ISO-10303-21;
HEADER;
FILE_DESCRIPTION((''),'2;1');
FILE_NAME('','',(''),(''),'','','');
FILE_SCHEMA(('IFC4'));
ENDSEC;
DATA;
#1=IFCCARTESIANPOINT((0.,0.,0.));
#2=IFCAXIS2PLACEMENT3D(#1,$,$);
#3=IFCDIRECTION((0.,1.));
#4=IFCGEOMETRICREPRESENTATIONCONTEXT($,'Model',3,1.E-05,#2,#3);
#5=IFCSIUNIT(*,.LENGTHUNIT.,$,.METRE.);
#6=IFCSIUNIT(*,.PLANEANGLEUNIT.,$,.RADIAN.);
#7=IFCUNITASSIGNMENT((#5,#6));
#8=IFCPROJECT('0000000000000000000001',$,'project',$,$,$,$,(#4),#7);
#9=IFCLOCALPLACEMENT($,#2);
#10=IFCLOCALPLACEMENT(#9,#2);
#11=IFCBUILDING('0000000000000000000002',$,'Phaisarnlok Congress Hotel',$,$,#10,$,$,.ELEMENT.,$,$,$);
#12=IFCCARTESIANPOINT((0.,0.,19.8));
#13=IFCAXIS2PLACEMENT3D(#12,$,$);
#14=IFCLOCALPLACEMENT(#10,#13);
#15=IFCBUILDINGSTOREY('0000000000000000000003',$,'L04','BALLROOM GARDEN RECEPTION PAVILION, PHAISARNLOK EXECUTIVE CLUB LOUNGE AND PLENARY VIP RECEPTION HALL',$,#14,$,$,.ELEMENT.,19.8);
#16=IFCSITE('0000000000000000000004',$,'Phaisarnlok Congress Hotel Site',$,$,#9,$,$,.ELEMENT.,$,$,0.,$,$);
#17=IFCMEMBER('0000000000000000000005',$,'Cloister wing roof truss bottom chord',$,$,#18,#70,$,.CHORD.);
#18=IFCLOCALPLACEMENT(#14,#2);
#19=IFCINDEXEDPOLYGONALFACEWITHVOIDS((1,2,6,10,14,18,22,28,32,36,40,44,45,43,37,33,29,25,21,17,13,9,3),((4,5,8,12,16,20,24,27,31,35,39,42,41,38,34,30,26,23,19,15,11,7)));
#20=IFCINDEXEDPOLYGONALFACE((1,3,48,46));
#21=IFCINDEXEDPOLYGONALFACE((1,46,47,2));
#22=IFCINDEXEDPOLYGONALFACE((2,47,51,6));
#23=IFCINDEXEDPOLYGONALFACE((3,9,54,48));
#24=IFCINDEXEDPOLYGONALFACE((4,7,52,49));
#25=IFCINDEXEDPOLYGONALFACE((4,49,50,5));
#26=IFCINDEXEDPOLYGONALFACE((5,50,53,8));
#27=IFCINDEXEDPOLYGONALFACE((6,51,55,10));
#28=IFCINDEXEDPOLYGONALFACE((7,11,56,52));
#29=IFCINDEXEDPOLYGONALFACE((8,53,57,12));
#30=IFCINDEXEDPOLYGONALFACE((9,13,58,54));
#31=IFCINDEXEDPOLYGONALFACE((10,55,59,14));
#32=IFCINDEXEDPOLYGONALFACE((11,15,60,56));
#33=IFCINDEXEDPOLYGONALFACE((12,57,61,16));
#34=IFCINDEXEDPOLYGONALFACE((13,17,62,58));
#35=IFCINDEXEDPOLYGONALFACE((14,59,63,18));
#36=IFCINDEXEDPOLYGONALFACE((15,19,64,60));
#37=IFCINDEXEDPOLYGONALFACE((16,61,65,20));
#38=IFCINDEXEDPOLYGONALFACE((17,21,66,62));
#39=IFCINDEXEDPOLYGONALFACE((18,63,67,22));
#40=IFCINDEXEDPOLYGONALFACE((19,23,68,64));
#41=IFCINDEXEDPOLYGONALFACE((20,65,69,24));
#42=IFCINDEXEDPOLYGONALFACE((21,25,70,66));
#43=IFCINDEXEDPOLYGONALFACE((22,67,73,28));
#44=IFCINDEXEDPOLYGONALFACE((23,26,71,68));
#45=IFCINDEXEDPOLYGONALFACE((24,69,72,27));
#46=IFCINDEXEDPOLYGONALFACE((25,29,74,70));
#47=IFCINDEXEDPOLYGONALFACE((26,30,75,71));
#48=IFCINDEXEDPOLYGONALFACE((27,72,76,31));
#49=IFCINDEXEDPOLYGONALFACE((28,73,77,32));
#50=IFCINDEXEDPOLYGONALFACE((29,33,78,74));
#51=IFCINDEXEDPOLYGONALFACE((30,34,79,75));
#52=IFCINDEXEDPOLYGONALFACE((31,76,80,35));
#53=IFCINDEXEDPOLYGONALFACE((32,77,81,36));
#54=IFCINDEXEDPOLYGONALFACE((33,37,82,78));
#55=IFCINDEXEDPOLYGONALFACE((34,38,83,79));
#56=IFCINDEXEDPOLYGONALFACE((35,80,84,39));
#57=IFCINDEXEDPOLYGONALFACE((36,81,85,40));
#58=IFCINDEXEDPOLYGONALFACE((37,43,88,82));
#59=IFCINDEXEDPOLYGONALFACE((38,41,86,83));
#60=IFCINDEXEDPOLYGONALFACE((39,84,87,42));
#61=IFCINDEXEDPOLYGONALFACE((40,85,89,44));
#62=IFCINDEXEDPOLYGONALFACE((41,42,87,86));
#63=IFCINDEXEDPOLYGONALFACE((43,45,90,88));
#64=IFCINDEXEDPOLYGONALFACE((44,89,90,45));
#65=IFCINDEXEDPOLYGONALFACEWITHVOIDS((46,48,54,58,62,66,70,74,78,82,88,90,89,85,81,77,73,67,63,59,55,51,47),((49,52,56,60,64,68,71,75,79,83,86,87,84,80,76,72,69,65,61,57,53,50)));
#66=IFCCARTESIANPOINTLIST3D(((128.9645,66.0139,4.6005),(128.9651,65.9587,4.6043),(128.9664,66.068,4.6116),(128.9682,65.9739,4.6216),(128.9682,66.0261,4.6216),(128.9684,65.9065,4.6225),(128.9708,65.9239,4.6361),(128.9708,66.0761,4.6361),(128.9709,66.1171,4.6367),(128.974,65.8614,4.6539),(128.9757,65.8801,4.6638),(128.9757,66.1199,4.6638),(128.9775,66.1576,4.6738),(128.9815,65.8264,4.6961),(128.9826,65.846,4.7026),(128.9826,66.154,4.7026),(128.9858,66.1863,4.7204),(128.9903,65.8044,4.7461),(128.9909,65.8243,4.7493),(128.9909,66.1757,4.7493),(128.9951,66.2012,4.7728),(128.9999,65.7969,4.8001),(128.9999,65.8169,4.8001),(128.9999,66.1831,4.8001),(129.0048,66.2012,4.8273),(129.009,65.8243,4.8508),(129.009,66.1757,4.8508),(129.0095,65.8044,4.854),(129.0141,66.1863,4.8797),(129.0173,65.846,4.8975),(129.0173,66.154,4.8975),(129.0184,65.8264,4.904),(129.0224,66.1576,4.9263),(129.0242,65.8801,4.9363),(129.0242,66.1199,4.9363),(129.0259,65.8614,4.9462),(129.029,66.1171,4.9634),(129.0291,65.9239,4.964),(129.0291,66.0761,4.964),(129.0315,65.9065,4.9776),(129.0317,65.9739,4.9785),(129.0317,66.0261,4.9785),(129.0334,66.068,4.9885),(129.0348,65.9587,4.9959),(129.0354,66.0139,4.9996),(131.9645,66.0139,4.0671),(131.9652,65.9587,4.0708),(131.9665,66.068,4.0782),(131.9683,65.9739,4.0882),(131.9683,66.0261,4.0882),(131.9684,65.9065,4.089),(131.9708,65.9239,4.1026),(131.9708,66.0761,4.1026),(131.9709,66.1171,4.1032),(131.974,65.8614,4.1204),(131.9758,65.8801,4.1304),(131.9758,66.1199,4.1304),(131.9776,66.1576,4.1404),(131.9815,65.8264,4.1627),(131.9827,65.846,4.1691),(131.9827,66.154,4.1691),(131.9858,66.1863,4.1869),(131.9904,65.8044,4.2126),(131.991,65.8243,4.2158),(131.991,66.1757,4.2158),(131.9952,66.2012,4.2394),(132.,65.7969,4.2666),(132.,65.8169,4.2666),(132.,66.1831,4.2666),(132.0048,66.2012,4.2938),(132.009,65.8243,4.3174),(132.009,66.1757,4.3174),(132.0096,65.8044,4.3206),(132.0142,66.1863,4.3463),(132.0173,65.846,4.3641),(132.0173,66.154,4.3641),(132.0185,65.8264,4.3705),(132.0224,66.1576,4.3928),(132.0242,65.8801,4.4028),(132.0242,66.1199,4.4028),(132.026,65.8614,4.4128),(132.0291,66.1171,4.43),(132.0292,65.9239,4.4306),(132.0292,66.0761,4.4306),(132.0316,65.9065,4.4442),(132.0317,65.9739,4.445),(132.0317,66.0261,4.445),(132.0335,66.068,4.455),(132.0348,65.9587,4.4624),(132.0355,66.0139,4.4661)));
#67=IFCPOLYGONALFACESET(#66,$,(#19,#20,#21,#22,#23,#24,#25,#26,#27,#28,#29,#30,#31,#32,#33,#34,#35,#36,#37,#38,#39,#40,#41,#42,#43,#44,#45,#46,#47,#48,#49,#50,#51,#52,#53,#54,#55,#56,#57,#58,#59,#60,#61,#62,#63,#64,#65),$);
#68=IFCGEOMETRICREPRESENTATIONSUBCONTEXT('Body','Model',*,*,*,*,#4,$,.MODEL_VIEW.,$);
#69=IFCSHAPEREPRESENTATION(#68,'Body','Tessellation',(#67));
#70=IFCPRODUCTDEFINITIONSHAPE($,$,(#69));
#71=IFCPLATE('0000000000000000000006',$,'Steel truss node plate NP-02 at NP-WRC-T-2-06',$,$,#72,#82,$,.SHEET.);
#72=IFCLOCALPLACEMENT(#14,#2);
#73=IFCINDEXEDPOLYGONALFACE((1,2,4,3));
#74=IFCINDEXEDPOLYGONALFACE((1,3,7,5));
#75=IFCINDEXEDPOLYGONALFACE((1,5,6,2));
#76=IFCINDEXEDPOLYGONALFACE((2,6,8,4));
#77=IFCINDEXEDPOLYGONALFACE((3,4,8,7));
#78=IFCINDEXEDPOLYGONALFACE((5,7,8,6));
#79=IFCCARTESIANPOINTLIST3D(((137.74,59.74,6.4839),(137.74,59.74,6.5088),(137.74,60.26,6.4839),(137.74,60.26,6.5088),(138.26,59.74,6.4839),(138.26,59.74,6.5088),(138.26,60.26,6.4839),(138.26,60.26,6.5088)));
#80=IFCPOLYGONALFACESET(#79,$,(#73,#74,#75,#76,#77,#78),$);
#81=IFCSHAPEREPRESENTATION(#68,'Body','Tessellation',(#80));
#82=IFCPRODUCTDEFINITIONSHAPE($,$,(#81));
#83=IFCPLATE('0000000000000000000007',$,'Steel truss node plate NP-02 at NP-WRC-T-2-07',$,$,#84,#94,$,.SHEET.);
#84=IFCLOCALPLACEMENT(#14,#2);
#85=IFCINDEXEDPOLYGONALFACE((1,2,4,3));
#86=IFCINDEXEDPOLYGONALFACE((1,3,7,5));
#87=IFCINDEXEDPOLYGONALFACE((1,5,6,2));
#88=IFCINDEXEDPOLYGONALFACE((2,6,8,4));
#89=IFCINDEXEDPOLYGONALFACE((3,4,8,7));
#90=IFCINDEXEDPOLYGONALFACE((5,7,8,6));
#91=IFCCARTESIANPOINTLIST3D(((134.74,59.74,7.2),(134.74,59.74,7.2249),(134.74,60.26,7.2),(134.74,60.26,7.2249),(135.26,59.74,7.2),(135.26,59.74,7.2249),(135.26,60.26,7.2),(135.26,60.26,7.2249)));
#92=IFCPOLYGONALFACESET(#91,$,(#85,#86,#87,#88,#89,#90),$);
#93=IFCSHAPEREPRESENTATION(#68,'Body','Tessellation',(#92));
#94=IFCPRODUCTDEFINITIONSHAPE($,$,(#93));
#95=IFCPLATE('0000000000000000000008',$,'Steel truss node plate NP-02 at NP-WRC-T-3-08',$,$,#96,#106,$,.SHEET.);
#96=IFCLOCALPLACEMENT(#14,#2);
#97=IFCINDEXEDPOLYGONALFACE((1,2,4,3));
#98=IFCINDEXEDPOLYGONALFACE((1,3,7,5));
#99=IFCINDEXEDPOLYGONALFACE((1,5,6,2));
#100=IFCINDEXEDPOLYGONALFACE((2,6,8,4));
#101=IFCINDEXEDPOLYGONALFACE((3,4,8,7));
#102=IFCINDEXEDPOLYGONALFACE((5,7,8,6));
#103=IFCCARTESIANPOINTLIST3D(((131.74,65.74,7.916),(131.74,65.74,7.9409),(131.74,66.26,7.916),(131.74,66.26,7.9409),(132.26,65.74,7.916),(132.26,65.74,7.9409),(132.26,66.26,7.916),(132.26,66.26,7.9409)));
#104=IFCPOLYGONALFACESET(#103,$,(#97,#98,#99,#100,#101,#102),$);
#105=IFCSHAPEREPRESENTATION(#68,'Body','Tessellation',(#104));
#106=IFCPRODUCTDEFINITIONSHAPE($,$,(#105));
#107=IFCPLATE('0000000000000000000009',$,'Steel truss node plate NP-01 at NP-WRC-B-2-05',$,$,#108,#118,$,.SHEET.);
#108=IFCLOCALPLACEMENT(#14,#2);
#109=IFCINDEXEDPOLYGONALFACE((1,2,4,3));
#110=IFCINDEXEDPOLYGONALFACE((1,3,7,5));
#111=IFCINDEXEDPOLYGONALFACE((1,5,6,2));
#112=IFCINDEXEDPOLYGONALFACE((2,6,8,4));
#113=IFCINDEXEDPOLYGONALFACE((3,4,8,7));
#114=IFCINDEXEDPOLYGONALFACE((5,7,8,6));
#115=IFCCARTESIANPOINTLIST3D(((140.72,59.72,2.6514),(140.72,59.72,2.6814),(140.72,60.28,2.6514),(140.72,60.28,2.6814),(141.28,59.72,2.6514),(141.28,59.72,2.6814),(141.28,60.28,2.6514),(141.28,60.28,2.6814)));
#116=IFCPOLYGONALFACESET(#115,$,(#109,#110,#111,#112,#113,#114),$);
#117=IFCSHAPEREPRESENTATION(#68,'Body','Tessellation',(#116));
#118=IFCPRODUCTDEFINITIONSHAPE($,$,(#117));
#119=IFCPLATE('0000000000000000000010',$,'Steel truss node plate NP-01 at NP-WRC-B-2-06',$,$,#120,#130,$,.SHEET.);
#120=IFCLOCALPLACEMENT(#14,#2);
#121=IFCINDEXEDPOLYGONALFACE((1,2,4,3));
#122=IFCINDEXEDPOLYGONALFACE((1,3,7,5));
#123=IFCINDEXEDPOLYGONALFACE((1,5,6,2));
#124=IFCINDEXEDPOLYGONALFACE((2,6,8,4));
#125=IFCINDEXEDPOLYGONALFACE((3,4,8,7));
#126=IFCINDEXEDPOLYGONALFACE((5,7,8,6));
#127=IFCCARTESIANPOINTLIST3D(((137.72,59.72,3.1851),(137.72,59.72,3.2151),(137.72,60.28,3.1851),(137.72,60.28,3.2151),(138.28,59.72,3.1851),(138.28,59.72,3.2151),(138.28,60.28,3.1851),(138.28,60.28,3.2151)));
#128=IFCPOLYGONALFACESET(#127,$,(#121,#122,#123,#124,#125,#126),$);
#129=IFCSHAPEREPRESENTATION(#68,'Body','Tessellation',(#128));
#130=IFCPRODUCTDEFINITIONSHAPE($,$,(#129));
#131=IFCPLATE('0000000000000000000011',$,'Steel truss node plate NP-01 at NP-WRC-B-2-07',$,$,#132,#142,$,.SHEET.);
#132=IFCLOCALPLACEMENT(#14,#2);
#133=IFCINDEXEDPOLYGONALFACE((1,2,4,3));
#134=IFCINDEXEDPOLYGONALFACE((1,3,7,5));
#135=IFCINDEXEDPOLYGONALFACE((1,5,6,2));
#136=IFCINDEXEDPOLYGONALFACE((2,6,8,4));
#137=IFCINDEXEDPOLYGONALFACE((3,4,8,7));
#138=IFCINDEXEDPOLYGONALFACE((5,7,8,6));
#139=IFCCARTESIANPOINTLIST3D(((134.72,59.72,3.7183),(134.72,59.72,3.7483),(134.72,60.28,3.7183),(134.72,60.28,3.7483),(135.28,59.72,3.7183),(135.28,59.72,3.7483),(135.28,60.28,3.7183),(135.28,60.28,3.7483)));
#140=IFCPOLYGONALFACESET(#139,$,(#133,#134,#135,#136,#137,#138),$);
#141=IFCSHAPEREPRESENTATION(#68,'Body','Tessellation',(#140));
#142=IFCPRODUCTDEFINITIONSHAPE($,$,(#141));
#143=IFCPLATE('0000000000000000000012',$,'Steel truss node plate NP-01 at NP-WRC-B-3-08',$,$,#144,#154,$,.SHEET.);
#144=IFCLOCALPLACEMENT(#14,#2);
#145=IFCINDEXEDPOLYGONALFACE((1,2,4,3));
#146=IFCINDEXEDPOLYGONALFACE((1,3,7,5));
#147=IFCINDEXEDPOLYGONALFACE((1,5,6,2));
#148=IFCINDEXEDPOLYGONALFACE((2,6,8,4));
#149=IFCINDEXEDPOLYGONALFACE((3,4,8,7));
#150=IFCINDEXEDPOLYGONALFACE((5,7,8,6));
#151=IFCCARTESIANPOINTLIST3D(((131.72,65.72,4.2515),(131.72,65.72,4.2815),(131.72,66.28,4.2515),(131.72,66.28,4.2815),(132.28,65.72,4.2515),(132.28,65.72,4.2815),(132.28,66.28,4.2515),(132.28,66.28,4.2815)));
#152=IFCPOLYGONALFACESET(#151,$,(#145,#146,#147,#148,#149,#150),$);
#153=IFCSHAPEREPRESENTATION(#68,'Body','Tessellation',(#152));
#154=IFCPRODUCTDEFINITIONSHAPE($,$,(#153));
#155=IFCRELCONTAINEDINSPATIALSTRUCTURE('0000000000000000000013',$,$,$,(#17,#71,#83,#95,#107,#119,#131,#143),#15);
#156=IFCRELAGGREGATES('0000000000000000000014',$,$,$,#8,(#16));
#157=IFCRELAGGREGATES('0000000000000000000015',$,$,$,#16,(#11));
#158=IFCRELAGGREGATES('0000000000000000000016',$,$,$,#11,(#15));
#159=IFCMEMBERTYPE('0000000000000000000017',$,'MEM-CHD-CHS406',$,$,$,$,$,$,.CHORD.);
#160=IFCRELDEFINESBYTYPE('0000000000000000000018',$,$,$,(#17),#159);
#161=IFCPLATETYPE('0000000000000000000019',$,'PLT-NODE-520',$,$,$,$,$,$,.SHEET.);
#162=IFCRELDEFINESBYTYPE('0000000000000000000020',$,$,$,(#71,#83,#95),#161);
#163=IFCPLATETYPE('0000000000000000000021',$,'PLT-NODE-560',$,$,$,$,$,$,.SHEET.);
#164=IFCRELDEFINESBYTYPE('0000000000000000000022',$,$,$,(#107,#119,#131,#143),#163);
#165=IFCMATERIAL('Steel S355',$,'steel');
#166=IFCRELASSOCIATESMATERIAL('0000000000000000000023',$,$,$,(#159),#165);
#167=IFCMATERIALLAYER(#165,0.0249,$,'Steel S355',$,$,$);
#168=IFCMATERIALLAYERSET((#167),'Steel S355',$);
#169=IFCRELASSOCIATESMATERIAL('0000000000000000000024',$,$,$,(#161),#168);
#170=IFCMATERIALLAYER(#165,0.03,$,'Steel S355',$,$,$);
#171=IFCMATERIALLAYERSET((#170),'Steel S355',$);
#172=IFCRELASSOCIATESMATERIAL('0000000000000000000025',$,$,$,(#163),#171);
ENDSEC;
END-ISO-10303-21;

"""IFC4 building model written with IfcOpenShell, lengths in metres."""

from ifc_helpers import new_model, si_unit, direction, frame, origin, origin_2d, place, context, subcontext, project, spatial, rectangle, hollow_circle, extrude, material, layer, layer_set, material_profile, profile_set, type_object, element, save


model = new_model("IFC4")

# Units and contexts
model_context = context("Model", 3, precision=1e-05, world=origin(), true_north=direction((0.0, 1.0)))
body_context = subcontext(model_context, "Body", "Model", "MODEL_VIEW")
ifc_project = project(units=[si_unit("LENGTHUNIT", "METRE"), si_unit("PLANEANGLEUNIT", "RADIAN")], contexts=[model_context])

# Site, building, storey
site_placement = place(None, origin())
site = spatial("IfcSite", under=ifc_project, at=site_placement, Name="Phaisarnlok Congress Hotel Site", CompositionType="ELEMENT", RefElevation=0.0)
building_placement = place(site_placement, origin())
building = spatial("IfcBuilding", under=site, at=building_placement, Name="Phaisarnlok Congress Hotel", CompositionType="ELEMENT")
storey_placement = place(building_placement, frame((0.0, 0.0, 19.8)))
storey = spatial("IfcBuildingStorey", under=building, at=storey_placement, Name="L04", Description="BALLROOM GARDEN RECEPTION PAVILION, PHAISARNLOK EXECUTIVE CLUB LOUNGE AND PLENARY VIP RECEPTION HALL", CompositionType="ELEMENT", Elevation=19.8)

# Shared definitions
ifc_material_1 = material(Name="Steel S355", Category="steel")

# Member
ifc_material_profile_1 = material_profile(ifc_material_1, hollow_circle(Radius=0.2031, WallThickness=0.02, at=origin_2d()), Name="CHS 406.4x20")
ifc_profile_set_1 = profile_set([ifc_material_profile_1], Name="Steel S355")
member_type_1 = type_object("IfcMemberType", Name="MEM-CHD-CHS406", PredefinedType="CHORD", material=ifc_profile_set_1)
for number, where, z_axis, x_axis, name in (
    (1, (132.0, 66.0, 4.2666), (-0.984556, 0.0, 0.17507), (0.0, -1.0, 0.0), "Cloister wing roof truss bottom chord"),
):
    element("IfcMember", number, at=place(storey_placement, frame(where, z_axis=z_axis, x_axis=x_axis)), inside=storey, type_object=member_type_1, Name=name, PredefinedType="CHORD", context=body_context, shape_type="SweptSolid", body=[
        extrude(hollow_circle(Radius=0.2031, WallThickness=0.02, at=origin_2d()), origin(), (0.0, 0.0, 1.0), 3.0471),
    ])

# Plates
ifc_layer_1 = layer(ifc_material_1, 0.0249, Name="Steel S355")
ifc_layer_set_1 = layer_set([ifc_layer_1], Name="Steel S355")
plate_type_1 = type_object("IfcPlateType", Name="PLT-NODE-520", PredefinedType="SHEET", material=ifc_layer_set_1)
for number, where, z_axis, x_axis, name in (
    (2, (138.0, 60.0, 6.4839), (0.0, 0.0, 1.0), (1.0, 0.0, 0.0), "Steel truss node plate NP-02 at NP-WRC-T-2-06"),
    (3, (135.0, 60.0, 7.2), (0.0, 0.0, 1.0), (1.0, 0.0, 0.0), "Steel truss node plate NP-02 at NP-WRC-T-2-07"),
    (4, (132.0, 66.0, 7.916), (0.0, 0.0, 1.0), (1.0, 0.0, 0.0), "Steel truss node plate NP-02 at NP-WRC-T-3-08"),
):
    element("IfcPlate", number, at=place(storey_placement, frame(where, z_axis=z_axis, x_axis=x_axis)), inside=storey, type_object=plate_type_1, Name=name, PredefinedType="SHEET", context=body_context, shape_type="SweptSolid", body=[
        extrude(rectangle(XDim=0.52, YDim=0.52, at=origin_2d()), origin(), (0.0, 0.0, 1.0), 0.0249),
    ])
ifc_layer_2 = layer(ifc_material_1, 0.03, Name="Steel S355")
ifc_layer_set_2 = layer_set([ifc_layer_2], Name="Steel S355")
plate_type_2 = type_object("IfcPlateType", Name="PLT-NODE-560", PredefinedType="SHEET", material=ifc_layer_set_2)
for number, where, z_axis, x_axis, name in (
    (5, (141.0, 60.0, 2.6514), (0.0, 0.0, 1.0), (1.0, 0.0, 0.0), "Steel truss node plate NP-01 at NP-WRC-B-2-05"),
    (6, (138.0, 60.0, 3.1851), (0.0, 0.0, 1.0), (1.0, 0.0, 0.0), "Steel truss node plate NP-01 at NP-WRC-B-2-06"),
    (7, (135.0, 60.0, 3.7183), (0.0, 0.0, 1.0), (1.0, 0.0, 0.0), "Steel truss node plate NP-01 at NP-WRC-B-2-07"),
    (8, (132.0, 66.0, 4.2515), (0.0, 0.0, 1.0), (1.0, 0.0, 0.0), "Steel truss node plate NP-01 at NP-WRC-B-3-08"),
):
    element("IfcPlate", number, at=place(storey_placement, frame(where, z_axis=z_axis, x_axis=x_axis)), inside=storey, type_object=plate_type_2, Name=name, PredefinedType="SHEET", context=body_context, shape_type="SweptSolid", body=[
        extrude(rectangle(XDim=0.5601, YDim=0.5601, at=origin_2d()), origin(), (0.0, 0.0, 1.0), 0.03),
    ])

save(model, "model.ifc")
